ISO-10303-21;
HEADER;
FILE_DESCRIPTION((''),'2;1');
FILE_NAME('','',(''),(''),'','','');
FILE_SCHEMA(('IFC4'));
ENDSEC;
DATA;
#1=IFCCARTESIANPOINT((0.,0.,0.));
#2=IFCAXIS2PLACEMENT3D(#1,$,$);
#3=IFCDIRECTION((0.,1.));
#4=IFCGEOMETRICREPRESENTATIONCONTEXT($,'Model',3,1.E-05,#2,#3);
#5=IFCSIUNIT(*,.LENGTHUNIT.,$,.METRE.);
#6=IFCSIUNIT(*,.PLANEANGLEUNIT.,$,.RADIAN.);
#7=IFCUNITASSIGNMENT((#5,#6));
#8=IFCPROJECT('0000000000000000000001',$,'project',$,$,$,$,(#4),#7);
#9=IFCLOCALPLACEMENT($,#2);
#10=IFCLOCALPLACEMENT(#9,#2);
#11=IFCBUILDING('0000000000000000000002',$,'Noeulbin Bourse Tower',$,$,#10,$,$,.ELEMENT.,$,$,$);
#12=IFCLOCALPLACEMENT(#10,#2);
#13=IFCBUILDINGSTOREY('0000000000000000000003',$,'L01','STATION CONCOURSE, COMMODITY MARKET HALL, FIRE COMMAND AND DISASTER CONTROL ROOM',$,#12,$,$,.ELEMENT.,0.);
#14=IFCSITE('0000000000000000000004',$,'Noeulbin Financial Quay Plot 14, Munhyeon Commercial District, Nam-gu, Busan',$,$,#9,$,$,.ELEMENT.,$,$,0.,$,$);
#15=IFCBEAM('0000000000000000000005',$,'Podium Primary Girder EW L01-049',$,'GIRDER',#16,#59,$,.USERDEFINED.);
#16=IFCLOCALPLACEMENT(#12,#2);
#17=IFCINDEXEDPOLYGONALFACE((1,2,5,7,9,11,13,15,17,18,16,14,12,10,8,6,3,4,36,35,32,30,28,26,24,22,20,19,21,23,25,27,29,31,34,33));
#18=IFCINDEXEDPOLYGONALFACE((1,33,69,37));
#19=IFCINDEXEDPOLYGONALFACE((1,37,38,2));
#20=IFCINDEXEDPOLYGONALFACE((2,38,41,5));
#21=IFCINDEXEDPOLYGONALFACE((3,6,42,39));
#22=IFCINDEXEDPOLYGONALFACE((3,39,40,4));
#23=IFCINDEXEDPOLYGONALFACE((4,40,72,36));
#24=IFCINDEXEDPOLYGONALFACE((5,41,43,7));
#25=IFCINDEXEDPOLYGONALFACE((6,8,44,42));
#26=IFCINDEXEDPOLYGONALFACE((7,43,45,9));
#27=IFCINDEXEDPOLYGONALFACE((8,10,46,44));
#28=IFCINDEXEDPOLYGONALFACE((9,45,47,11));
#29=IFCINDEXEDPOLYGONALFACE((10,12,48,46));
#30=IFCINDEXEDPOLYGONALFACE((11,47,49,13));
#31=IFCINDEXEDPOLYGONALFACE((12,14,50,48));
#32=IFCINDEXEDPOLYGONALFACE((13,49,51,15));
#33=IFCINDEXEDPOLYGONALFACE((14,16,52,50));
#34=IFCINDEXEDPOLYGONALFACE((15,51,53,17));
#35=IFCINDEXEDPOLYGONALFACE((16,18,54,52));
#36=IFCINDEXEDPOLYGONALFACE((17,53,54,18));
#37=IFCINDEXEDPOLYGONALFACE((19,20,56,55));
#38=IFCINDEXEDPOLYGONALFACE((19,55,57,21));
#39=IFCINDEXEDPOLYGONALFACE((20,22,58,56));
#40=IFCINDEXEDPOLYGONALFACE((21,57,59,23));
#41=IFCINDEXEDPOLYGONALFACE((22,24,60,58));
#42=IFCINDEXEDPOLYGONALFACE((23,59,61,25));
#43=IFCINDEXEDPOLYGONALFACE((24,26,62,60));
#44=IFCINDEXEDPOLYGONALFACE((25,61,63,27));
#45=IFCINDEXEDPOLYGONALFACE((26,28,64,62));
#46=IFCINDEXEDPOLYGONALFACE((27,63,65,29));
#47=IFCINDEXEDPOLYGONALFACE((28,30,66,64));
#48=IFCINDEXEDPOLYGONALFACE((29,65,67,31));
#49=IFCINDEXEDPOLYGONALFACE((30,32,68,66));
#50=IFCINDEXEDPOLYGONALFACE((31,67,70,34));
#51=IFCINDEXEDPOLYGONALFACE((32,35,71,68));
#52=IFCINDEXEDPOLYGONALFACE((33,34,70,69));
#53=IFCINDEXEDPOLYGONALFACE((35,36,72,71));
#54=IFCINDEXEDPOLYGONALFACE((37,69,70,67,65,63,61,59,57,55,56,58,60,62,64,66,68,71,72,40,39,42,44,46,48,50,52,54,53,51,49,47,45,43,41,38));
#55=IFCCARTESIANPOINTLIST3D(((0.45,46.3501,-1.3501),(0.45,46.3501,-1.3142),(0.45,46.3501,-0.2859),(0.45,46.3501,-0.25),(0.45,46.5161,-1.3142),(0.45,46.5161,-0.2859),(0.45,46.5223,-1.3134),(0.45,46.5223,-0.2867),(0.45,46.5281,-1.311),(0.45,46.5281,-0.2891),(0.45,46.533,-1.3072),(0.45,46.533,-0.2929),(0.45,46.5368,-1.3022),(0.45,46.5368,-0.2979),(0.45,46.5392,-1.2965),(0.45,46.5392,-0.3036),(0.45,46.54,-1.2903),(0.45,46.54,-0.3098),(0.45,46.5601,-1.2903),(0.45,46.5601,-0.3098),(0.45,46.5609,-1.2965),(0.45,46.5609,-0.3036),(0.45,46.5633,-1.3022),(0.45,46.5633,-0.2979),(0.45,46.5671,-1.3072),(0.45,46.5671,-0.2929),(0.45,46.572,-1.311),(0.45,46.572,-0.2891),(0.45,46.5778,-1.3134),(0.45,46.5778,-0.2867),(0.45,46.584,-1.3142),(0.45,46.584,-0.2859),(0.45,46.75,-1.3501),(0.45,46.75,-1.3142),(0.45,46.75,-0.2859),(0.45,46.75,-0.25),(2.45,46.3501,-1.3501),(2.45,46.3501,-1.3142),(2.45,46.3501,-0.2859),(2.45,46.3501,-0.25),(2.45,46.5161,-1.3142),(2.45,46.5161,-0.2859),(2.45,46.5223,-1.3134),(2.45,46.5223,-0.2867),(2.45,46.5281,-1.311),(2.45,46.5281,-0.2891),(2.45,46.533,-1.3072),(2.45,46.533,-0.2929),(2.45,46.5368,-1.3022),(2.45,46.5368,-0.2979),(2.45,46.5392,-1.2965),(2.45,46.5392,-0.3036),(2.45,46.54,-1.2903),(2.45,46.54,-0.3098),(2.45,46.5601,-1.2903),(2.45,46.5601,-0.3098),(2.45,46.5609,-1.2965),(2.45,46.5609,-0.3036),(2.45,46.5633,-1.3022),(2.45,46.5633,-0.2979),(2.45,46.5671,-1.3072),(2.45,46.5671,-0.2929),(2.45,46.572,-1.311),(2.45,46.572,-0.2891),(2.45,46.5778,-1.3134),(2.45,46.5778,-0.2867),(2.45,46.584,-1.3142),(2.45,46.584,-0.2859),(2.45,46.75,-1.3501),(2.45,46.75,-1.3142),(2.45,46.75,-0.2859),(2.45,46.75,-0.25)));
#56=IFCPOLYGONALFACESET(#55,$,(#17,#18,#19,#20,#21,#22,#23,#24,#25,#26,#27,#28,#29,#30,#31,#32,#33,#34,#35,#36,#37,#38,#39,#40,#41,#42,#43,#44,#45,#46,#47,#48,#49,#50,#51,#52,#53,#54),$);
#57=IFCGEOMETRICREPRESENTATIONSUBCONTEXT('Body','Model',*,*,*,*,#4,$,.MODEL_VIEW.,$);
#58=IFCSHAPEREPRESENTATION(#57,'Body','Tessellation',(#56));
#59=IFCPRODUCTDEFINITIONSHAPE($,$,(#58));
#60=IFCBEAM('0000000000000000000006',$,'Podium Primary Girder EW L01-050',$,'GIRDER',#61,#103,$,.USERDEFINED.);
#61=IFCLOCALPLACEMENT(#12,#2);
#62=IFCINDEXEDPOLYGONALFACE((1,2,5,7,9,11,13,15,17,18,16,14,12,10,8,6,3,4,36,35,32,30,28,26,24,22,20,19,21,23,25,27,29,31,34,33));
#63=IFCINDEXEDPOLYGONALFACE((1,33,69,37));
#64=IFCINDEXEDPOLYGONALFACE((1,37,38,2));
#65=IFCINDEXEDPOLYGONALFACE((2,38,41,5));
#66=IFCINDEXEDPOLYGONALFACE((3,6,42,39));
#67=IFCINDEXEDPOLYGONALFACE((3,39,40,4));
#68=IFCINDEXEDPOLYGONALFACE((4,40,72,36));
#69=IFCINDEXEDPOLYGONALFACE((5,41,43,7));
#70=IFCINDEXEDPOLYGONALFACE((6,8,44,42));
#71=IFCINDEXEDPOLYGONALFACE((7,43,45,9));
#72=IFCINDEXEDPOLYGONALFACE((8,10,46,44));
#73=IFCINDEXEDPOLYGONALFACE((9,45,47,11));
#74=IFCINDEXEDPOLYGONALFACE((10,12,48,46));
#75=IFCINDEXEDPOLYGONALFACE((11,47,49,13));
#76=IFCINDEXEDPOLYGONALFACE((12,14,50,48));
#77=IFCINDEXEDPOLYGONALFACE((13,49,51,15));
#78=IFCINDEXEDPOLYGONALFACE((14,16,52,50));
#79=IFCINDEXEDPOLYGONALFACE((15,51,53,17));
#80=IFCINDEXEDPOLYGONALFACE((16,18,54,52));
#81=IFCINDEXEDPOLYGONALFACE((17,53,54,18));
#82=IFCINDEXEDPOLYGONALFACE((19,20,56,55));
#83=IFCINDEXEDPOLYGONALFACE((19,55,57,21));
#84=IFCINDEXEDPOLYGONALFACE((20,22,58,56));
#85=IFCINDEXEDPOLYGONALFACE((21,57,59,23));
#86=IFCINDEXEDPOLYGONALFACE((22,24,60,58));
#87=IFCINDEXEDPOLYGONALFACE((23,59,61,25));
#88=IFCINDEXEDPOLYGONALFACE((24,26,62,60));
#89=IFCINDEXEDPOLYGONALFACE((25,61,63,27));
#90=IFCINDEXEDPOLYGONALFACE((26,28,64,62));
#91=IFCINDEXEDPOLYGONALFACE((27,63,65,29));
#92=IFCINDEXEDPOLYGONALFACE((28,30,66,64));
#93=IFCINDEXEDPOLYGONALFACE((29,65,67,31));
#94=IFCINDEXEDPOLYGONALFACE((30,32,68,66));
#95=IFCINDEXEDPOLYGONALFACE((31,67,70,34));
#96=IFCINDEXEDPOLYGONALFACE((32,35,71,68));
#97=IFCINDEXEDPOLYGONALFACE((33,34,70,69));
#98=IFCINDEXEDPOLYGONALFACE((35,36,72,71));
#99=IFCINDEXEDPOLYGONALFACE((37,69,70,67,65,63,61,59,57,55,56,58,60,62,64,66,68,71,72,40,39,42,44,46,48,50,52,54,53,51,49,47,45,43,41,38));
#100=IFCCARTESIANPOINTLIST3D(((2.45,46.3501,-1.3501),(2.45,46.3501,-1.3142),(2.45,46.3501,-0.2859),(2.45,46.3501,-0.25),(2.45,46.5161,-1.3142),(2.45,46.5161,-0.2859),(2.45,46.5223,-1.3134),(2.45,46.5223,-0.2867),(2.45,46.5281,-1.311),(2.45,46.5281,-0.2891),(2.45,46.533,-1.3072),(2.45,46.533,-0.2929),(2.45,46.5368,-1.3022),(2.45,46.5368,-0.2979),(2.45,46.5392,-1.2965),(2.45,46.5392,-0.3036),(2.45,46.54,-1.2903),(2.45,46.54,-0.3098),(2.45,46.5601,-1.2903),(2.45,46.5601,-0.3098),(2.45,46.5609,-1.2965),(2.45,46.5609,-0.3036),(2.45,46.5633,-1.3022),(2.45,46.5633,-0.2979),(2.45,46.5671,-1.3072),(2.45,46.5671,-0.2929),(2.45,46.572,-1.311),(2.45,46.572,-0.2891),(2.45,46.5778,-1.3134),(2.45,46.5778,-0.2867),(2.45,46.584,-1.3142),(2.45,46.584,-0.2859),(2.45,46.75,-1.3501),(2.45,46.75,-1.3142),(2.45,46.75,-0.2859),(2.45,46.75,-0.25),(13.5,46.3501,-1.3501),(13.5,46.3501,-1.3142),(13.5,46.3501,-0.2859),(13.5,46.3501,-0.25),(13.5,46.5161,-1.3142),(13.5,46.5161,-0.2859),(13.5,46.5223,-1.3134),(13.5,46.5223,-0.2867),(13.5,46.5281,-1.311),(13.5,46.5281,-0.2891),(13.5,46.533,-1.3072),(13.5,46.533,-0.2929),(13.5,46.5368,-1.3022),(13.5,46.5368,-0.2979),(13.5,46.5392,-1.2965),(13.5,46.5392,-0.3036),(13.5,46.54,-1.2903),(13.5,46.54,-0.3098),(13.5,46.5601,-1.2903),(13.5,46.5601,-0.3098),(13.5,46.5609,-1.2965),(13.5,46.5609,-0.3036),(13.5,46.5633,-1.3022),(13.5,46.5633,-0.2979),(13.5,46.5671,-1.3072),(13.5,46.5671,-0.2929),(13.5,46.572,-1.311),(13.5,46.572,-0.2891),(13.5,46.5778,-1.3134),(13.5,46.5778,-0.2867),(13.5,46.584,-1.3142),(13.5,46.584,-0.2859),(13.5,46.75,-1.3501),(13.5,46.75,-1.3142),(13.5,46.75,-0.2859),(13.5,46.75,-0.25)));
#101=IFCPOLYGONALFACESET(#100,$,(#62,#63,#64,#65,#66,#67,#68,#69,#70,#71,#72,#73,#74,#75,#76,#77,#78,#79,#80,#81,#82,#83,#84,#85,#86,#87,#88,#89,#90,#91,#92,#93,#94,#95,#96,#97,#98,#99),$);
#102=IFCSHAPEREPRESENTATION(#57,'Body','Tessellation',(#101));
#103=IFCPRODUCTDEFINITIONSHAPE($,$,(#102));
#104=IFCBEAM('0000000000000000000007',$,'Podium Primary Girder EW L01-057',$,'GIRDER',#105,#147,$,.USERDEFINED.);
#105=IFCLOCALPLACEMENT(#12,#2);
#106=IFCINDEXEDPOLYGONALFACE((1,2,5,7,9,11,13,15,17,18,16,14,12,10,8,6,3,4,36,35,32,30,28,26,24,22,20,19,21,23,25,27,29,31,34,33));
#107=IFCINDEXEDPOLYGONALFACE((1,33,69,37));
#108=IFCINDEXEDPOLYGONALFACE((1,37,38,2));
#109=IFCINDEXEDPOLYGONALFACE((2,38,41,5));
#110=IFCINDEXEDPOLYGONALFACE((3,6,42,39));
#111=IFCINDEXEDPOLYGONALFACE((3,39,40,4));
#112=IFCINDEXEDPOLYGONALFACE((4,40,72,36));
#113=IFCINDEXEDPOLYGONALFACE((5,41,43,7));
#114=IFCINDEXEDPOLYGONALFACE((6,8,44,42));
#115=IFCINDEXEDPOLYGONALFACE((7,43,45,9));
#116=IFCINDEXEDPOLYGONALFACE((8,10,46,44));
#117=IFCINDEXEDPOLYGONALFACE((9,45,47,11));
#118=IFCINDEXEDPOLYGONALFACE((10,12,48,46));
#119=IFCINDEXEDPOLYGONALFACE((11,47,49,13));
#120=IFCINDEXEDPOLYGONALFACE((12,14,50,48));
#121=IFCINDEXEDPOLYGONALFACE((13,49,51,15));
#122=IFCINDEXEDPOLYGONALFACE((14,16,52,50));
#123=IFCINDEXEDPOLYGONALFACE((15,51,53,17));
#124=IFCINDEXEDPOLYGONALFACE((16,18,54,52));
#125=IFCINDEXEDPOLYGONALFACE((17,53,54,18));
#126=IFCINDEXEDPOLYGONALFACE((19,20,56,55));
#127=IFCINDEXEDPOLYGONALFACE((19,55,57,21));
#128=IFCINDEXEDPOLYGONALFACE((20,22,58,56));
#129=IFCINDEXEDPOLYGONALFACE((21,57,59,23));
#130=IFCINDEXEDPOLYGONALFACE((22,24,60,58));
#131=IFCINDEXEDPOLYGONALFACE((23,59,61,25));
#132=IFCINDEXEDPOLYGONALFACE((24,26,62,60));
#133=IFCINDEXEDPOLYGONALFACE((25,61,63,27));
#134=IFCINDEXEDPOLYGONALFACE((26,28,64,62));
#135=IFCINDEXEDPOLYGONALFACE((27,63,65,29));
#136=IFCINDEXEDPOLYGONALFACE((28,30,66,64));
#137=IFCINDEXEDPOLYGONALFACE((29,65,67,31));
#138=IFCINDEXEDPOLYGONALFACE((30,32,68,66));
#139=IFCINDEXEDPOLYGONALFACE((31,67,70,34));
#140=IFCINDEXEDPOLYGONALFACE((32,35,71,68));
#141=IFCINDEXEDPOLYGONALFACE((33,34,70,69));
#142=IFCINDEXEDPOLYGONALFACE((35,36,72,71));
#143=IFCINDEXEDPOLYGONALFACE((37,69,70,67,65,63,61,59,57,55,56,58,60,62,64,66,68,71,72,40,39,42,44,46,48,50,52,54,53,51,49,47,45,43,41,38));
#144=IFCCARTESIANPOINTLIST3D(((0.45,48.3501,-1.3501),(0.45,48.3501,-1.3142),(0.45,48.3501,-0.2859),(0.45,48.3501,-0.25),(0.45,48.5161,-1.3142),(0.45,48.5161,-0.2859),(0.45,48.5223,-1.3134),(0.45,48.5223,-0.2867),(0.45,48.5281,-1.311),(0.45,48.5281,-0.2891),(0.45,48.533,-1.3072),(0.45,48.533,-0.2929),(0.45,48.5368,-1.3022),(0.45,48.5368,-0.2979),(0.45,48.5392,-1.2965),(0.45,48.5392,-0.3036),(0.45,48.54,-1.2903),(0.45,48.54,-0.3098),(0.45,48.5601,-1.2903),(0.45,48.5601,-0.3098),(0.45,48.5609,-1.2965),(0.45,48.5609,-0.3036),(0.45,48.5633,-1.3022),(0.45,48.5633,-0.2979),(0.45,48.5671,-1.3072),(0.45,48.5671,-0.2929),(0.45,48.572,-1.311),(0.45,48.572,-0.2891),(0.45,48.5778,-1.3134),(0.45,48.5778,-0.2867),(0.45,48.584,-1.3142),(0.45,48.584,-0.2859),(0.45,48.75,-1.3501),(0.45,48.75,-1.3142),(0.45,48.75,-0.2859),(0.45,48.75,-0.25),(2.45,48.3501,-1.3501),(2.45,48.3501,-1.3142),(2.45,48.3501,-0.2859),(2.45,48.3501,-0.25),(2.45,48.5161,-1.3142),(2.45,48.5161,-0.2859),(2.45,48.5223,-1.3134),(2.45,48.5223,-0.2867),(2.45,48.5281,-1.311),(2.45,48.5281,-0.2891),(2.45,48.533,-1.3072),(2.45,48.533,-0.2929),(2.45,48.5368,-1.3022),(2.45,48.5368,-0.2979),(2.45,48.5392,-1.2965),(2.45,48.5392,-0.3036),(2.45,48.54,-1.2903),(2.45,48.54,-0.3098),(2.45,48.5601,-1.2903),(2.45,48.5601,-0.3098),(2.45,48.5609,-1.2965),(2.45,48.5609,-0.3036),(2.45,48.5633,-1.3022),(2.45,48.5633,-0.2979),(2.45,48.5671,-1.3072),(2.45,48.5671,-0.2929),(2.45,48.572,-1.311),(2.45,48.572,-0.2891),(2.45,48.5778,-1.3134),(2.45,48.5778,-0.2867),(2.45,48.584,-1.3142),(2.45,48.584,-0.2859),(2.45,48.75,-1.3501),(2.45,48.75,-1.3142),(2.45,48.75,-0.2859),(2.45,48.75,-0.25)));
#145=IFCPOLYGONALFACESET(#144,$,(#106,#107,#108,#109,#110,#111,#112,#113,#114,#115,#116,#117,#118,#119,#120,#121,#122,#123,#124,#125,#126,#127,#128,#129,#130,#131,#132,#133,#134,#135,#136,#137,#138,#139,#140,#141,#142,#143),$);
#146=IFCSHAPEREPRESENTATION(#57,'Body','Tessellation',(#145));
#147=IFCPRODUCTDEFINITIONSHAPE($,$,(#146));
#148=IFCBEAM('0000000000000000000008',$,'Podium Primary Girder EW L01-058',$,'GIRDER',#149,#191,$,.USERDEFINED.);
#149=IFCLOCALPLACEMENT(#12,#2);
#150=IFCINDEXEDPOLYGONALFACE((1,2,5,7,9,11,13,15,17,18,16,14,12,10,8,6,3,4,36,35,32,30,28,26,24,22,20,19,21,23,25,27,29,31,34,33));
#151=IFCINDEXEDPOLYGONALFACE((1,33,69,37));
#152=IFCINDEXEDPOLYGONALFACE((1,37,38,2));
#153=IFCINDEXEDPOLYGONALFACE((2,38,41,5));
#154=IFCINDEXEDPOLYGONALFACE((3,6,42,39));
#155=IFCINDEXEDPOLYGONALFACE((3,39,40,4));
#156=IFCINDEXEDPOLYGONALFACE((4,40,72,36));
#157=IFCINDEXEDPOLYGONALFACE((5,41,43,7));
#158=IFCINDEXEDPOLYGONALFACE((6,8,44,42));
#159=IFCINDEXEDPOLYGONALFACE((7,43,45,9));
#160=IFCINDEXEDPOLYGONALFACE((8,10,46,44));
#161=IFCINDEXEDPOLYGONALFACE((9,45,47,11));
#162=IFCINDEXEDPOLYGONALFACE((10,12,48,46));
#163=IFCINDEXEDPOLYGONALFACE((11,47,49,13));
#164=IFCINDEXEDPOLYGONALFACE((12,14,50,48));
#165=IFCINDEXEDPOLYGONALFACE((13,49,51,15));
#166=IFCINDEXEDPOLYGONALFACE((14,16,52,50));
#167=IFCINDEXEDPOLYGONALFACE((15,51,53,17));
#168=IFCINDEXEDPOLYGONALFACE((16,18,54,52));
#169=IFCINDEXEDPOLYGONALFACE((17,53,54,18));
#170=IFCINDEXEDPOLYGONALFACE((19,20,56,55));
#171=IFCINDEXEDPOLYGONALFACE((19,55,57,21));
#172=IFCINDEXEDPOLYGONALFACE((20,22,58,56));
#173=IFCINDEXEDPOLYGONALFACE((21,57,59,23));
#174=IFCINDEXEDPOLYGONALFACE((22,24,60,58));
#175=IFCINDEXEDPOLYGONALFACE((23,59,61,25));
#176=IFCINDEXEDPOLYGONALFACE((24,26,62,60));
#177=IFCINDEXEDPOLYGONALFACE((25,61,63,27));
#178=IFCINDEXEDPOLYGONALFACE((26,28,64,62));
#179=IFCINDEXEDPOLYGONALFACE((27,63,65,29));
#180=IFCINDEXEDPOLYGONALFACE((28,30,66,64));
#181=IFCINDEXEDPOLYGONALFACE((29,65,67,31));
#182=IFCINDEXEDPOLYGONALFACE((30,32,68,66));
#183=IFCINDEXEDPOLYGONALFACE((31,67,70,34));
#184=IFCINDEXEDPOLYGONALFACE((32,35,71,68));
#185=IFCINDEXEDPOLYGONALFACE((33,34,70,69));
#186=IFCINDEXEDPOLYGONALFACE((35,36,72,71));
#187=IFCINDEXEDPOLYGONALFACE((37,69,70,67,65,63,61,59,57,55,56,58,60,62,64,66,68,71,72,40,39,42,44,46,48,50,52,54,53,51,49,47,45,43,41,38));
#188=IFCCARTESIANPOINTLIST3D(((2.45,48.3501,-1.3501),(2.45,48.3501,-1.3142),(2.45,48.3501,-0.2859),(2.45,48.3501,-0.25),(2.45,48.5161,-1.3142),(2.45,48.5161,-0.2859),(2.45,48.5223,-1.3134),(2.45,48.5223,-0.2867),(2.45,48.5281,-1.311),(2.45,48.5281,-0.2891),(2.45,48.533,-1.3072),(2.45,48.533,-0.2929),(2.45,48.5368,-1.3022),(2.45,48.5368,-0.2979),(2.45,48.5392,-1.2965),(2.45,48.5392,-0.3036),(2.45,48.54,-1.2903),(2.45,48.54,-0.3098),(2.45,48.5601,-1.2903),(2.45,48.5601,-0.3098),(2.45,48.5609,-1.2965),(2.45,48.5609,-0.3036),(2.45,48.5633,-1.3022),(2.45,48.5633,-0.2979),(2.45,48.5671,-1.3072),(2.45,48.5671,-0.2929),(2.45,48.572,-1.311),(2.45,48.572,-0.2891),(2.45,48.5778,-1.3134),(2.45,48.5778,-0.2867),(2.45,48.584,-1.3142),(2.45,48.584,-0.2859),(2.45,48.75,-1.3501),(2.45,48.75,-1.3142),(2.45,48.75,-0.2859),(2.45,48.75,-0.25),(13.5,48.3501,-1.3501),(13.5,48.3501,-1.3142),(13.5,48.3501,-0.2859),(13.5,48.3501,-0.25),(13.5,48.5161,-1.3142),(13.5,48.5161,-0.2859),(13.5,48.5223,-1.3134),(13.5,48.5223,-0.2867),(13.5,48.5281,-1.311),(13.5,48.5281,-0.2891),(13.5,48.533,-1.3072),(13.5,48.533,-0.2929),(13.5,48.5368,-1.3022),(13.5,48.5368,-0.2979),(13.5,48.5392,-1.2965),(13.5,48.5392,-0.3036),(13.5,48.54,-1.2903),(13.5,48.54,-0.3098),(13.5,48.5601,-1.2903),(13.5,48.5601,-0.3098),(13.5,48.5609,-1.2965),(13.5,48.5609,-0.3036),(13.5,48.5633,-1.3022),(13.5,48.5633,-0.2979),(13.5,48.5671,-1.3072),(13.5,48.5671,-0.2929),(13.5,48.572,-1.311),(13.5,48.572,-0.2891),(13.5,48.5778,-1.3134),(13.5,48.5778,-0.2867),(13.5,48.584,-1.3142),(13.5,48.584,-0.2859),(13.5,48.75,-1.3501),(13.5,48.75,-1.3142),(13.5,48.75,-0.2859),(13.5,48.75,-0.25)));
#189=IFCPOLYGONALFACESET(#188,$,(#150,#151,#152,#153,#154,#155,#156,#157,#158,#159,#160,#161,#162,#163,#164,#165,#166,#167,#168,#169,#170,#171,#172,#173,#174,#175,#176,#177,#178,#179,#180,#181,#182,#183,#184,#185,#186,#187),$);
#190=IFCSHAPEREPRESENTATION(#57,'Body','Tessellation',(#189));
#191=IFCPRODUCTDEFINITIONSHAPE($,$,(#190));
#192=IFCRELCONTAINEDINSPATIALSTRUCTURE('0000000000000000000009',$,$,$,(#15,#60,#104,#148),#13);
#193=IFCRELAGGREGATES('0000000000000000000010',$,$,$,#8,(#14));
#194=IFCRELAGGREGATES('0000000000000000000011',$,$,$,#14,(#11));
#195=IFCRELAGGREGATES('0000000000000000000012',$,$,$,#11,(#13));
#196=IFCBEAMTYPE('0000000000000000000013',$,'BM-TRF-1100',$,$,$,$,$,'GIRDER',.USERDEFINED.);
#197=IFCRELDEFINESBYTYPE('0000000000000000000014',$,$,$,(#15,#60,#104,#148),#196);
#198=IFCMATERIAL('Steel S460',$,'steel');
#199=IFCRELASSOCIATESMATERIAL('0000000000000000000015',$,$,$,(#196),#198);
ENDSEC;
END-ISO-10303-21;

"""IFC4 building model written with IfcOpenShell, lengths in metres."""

from ifc_helpers import new_model, si_unit, direction, frame, origin, origin_2d, place, context, subcontext, project, spatial, i_section, extrude, material, material_profile, profile_set, type_object, element, save


model = new_model("IFC4")

# Units and contexts
model_context = context("Model", 3, precision=1e-05, world=origin(), true_north=direction((0.0, 1.0)))
body_context = subcontext(model_context, "Body", "Model", "MODEL_VIEW")
ifc_project = project(units=[si_unit("LENGTHUNIT", "METRE"), si_unit("PLANEANGLEUNIT", "RADIAN")], contexts=[model_context])

# Site, building, storey
site_placement = place(None, origin())
site = spatial("IfcSite", under=ifc_project, at=site_placement, Name="Noeulbin Financial Quay Plot 14, Munhyeon Commercial District, Nam-gu, Busan", CompositionType="ELEMENT", RefElevation=0.0)
building_placement = place(site_placement, origin())
building = spatial("IfcBuilding", under=site, at=building_placement, Name="Noeulbin Bourse Tower", CompositionType="ELEMENT")
storey_placement = place(building_placement, origin())
storey = spatial("IfcBuildingStorey", under=building, at=storey_placement, Name="L01", Description="STATION CONCOURSE, COMMODITY MARKET HALL, FIRE COMMAND AND DISASTER CONTROL ROOM", CompositionType="ELEMENT", Elevation=0.0)

# Beams
ifc_material_1 = material(Name="Steel S460", Category="steel")
ifc_material_profile_1 = material_profile(ifc_material_1, i_section(OverallWidth=0.3999, OverallDepth=1.1001, WebThickness=0.02, FlangeThickness=0.0359, FilletRadius=0.0239, at=origin_2d()), Name="PG-1100x400x20x36", Category="LoadBearing")
ifc_profile_set_1 = profile_set([ifc_material_profile_1], Name="Steel S460")
beam_type_1 = type_object("IfcBeamType", Name="BM-TRF-1100", ElementType="GIRDER", PredefinedType="USERDEFINED", material=ifc_profile_set_1)
beam_1_placement = place(storey_placement, frame((0.45, 46.55, -0.8), z_axis=(1.0, 0.0, 0.0), x_axis=(0.0, 1.0, 0.0)))
element("IfcBeam", 1, at=beam_1_placement, inside=storey, type_object=beam_type_1, Name="Podium Primary Girder EW L01-049", ObjectType="GIRDER", PredefinedType="USERDEFINED", context=body_context, shape_type="SweptSolid", body=[
    extrude(i_section(OverallWidth=0.3999, OverallDepth=1.1001, WebThickness=0.02, FlangeThickness=0.0359, FilletRadius=0.0239, at=origin_2d()), origin(), (0.0, 0.0, 1.0), 2.0),
])
beam_2_placement = place(storey_placement, frame((2.45, 46.55, -0.8), z_axis=(1.0, 0.0, 0.0), x_axis=(0.0, 1.0, 0.0)))
element("IfcBeam", 2, at=beam_2_placement, inside=storey, type_object=beam_type_1, Name="Podium Primary Girder EW L01-050", ObjectType="GIRDER", PredefinedType="USERDEFINED", context=body_context, shape_type="SweptSolid", body=[
    extrude(i_section(OverallWidth=0.3999, OverallDepth=1.1001, WebThickness=0.02, FlangeThickness=0.0359, FilletRadius=0.0239, at=origin_2d()), origin(), (0.0, 0.0, 1.0), 11.05),
])
beam_3_placement = place(storey_placement, frame((0.45, 48.55, -0.8), z_axis=(1.0, 0.0, 0.0), x_axis=(0.0, 1.0, 0.0)))
element("IfcBeam", 3, at=beam_3_placement, inside=storey, type_object=beam_type_1, Name="Podium Primary Girder EW L01-057", ObjectType="GIRDER", PredefinedType="USERDEFINED", context=body_context, shape_type="SweptSolid", body=[
    extrude(i_section(OverallWidth=0.3999, OverallDepth=1.1001, WebThickness=0.02, FlangeThickness=0.0359, FilletRadius=0.0239, at=origin_2d()), origin(), (0.0, 0.0, 1.0), 2.0),
])
beam_4_placement = place(storey_placement, frame((2.45, 48.55, -0.8), z_axis=(1.0, 0.0, 0.0), x_axis=(0.0, 1.0, 0.0)))
element("IfcBeam", 4, at=beam_4_placement, inside=storey, type_object=beam_type_1, Name="Podium Primary Girder EW L01-058", ObjectType="GIRDER", PredefinedType="USERDEFINED", context=body_context, shape_type="SweptSolid", body=[
    extrude(i_section(OverallWidth=0.3999, OverallDepth=1.1001, WebThickness=0.02, FlangeThickness=0.0359, FilletRadius=0.0239, at=origin_2d()), origin(), (0.0, 0.0, 1.0), 11.05),
])

save(model, "model.ifc")
